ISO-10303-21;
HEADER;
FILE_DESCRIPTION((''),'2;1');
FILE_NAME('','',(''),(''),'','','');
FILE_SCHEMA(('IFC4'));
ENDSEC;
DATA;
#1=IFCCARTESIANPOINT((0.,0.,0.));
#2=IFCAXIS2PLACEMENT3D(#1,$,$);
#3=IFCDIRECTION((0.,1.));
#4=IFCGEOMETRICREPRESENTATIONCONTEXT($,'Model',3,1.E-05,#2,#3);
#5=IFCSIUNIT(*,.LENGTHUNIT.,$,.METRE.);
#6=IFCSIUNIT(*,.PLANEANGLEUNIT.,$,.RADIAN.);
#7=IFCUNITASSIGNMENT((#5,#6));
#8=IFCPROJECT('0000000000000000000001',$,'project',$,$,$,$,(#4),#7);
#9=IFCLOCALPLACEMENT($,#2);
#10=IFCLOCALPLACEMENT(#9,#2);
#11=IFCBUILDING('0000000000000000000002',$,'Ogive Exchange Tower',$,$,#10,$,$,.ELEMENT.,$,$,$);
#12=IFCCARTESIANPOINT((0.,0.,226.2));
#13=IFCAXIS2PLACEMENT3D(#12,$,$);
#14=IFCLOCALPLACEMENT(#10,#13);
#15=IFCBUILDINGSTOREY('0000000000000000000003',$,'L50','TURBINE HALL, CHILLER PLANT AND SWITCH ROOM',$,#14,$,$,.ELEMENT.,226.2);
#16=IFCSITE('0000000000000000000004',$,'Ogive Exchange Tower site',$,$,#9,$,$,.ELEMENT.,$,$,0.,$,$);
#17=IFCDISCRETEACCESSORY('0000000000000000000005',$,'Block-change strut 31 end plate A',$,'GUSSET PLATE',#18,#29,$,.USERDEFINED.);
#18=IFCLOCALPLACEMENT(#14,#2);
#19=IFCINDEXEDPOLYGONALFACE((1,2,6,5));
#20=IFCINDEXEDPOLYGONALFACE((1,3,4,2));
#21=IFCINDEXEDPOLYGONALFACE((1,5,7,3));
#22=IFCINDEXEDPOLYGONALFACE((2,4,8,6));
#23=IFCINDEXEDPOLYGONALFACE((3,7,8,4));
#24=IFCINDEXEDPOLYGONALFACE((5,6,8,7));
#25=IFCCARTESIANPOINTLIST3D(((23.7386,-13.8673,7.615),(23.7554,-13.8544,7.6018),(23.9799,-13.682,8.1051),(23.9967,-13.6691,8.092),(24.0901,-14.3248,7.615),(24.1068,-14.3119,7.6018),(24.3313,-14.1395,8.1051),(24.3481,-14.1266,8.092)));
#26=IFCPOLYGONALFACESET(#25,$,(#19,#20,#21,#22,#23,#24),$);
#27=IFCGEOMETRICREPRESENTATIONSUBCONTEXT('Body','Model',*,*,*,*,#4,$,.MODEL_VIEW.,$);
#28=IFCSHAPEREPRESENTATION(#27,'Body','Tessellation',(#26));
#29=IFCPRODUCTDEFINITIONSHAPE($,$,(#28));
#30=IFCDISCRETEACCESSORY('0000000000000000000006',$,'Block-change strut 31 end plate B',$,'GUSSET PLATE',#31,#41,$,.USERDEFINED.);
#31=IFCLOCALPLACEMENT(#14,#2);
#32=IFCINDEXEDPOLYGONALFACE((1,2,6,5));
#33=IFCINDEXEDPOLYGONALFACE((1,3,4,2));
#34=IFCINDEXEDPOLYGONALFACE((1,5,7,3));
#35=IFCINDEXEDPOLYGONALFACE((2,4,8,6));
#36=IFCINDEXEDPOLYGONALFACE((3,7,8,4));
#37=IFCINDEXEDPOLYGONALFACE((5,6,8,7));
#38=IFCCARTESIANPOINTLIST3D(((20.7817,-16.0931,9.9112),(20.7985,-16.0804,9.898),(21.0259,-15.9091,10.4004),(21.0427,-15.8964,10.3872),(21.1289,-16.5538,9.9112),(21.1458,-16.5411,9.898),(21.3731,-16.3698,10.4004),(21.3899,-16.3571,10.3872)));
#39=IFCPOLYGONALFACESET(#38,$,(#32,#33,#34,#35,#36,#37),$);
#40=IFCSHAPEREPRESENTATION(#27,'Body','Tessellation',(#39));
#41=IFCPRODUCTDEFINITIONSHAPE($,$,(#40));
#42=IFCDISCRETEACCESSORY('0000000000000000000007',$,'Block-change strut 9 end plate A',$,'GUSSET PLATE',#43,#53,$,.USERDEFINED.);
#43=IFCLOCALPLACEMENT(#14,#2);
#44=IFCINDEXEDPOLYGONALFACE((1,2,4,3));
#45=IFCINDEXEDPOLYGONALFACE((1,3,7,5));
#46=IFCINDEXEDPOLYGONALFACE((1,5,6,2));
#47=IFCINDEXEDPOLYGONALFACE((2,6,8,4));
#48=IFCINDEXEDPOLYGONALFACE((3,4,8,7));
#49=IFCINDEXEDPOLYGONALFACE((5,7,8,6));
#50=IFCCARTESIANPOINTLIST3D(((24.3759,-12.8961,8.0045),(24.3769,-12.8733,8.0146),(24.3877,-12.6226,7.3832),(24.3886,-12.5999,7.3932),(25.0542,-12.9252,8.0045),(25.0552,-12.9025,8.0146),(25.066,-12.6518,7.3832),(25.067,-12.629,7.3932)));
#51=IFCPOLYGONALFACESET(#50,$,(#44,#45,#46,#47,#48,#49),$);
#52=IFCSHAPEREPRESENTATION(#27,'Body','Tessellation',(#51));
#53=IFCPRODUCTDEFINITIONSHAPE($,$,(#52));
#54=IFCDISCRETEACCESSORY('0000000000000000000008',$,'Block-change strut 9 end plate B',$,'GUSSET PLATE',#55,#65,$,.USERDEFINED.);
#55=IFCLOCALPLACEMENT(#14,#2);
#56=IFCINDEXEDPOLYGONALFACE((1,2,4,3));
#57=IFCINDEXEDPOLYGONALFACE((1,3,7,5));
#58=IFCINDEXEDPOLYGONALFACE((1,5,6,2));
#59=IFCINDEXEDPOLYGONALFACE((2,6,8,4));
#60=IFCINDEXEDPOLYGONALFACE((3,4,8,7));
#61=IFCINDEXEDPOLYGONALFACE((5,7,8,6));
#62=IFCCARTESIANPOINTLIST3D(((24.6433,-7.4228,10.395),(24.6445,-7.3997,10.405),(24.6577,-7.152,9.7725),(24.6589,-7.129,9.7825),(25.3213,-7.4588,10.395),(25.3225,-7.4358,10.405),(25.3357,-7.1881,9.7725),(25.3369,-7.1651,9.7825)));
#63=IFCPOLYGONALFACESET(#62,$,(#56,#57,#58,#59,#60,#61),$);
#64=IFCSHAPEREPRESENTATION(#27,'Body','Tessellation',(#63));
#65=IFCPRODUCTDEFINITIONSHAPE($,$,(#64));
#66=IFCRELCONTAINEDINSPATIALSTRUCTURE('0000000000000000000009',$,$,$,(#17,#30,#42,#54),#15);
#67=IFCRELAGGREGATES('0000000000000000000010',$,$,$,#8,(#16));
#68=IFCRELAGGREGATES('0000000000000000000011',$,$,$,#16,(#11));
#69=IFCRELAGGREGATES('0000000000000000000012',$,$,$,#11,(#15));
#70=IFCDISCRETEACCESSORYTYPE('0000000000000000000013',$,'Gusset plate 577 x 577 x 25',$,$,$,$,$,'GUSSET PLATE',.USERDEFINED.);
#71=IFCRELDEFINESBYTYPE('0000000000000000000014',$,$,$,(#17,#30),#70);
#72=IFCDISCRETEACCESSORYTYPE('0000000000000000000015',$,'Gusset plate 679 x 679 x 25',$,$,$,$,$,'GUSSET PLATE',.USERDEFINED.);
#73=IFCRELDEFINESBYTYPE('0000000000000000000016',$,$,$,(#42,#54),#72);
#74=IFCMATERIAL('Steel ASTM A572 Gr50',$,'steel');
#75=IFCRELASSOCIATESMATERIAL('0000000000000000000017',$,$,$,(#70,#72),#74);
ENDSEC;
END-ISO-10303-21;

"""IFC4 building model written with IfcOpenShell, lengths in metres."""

from ifc_helpers import new_model, si_unit, direction, frame, origin, origin_2d, place, context, subcontext, project, spatial, rectangle, extrude, material, material_profile, profile_set, type_object, element, save


model = new_model("IFC4")

# Units and contexts
model_context = context("Model", 3, precision=1e-05, world=origin(), true_north=direction((0.0, 1.0)))
body_context = subcontext(model_context, "Body", "Model", "MODEL_VIEW")
ifc_project = project(units=[si_unit("LENGTHUNIT", "METRE"), si_unit("PLANEANGLEUNIT", "RADIAN")], contexts=[model_context])

# Site, building, storey
site_placement = place(None, origin())
site = spatial("IfcSite", under=ifc_project, at=site_placement, Name="Ogive Exchange Tower site", CompositionType="ELEMENT", RefElevation=0.0)
building_placement = place(site_placement, origin())
building = spatial("IfcBuilding", under=site, at=building_placement, Name="Ogive Exchange Tower", CompositionType="ELEMENT")
storey_placement = place(building_placement, frame((0.0, 0.0, 226.2)))
storey = spatial("IfcBuildingStorey", under=building, at=storey_placement, Name="L50", Description="TURBINE HALL, CHILLER PLANT AND SWITCH ROOM", CompositionType="ELEMENT", Elevation=226.2)

# Discrete accessories
ifc_material_1 = material(Name="Steel ASTM A572 Gr50", Category="steel")
ifc_material_profile_1 = material_profile(ifc_material_1, rectangle(XDim=0.5769, YDim=0.5769, at=origin_2d()), Name="PL 577 x 577 x 25")
ifc_profile_set_1 = profile_set([ifc_material_profile_1], Name="Steel ASTM A572 Gr50")
discrete_accessory_type_1 = type_object("IfcDiscreteAccessoryType", Name="Gusset plate 577 x 577 x 25", ElementType="GUSSET PLATE", PredefinedType="USERDEFINED", material=ifc_profile_set_1)
for number, where, z_axis, x_axis, name in (
    (1, (24.0518, -13.9905, 7.8469), (-0.67382, -0.517572, 0.527338), (0.609155, -0.793051, 0.0), "Block-change strut 31 end plate A"),
    (2, (21.0942, -16.2188, 10.1426), (-0.67722, -0.510368, 0.529998), (0.60185, -0.798609, 0.0), "Block-change strut 31 end plate B"),
):
    element("IfcDiscreteAccessory", number, at=place(storey_placement, frame(where, z_axis=z_axis, x_axis=x_axis)), inside=storey, type_object=discrete_accessory_type_1, Name=name, ObjectType="GUSSET PLATE", PredefinedType="USERDEFINED", context=body_context, shape_type="SweptSolid", body=[
        extrude(rectangle(XDim=0.5769, YDim=0.5769, at=origin_2d()), origin(), (0.0, 0.0, 1.0), 0.0249),
    ])
ifc_material_profile_2 = material_profile(ifc_material_1, rectangle(XDim=0.679, YDim=0.679, at=origin_2d()), Name="PL 679 x 679 x 25")
ifc_profile_set_2 = profile_set([ifc_material_profile_2], Name="Steel ASTM A572 Gr50")
discrete_accessory_type_2 = type_object("IfcDiscreteAccessoryType", Name="Gusset plate 679 x 679 x 25", ElementType="GUSSET PLATE", PredefinedType="USERDEFINED", material=ifc_profile_set_2)
discrete_accessory_1_placement = place(storey_placement, frame((24.7209, -12.7739, 7.6938), z_axis=(0.039325, 0.914317, 0.403086), x_axis=(-0.999076, 0.042971, 0.0)))
element("IfcDiscreteAccessory", 3, at=discrete_accessory_1_placement, inside=storey, type_object=discrete_accessory_type_2, Name="Block-change strut 9 end plate A", ObjectType="GUSSET PLATE", PredefinedType="USERDEFINED", context=body_context, shape_type="SweptSolid", body=[
    extrude(rectangle(XDim=0.679, YDim=0.679, at=origin_2d()), origin(), (0.0, 0.0, 1.0), 0.0249),
])
discrete_accessory_2_placement = place(storey_placement, frame((24.9895, -7.3054, 10.0837), z_axis=(0.048698, 0.915517, 0.399321), x_axis=(-0.998588, 0.053116, 0.0)))
element("IfcDiscreteAccessory", 4, at=discrete_accessory_2_placement, inside=storey, type_object=discrete_accessory_type_2, Name="Block-change strut 9 end plate B", ObjectType="GUSSET PLATE", PredefinedType="USERDEFINED", context=body_context, shape_type="SweptSolid", body=[
    extrude(rectangle(XDim=0.679, YDim=0.679, at=origin_2d()), origin(), (0.0, 0.0, 1.0), 0.0251),
])

save(model, "model.ifc")
